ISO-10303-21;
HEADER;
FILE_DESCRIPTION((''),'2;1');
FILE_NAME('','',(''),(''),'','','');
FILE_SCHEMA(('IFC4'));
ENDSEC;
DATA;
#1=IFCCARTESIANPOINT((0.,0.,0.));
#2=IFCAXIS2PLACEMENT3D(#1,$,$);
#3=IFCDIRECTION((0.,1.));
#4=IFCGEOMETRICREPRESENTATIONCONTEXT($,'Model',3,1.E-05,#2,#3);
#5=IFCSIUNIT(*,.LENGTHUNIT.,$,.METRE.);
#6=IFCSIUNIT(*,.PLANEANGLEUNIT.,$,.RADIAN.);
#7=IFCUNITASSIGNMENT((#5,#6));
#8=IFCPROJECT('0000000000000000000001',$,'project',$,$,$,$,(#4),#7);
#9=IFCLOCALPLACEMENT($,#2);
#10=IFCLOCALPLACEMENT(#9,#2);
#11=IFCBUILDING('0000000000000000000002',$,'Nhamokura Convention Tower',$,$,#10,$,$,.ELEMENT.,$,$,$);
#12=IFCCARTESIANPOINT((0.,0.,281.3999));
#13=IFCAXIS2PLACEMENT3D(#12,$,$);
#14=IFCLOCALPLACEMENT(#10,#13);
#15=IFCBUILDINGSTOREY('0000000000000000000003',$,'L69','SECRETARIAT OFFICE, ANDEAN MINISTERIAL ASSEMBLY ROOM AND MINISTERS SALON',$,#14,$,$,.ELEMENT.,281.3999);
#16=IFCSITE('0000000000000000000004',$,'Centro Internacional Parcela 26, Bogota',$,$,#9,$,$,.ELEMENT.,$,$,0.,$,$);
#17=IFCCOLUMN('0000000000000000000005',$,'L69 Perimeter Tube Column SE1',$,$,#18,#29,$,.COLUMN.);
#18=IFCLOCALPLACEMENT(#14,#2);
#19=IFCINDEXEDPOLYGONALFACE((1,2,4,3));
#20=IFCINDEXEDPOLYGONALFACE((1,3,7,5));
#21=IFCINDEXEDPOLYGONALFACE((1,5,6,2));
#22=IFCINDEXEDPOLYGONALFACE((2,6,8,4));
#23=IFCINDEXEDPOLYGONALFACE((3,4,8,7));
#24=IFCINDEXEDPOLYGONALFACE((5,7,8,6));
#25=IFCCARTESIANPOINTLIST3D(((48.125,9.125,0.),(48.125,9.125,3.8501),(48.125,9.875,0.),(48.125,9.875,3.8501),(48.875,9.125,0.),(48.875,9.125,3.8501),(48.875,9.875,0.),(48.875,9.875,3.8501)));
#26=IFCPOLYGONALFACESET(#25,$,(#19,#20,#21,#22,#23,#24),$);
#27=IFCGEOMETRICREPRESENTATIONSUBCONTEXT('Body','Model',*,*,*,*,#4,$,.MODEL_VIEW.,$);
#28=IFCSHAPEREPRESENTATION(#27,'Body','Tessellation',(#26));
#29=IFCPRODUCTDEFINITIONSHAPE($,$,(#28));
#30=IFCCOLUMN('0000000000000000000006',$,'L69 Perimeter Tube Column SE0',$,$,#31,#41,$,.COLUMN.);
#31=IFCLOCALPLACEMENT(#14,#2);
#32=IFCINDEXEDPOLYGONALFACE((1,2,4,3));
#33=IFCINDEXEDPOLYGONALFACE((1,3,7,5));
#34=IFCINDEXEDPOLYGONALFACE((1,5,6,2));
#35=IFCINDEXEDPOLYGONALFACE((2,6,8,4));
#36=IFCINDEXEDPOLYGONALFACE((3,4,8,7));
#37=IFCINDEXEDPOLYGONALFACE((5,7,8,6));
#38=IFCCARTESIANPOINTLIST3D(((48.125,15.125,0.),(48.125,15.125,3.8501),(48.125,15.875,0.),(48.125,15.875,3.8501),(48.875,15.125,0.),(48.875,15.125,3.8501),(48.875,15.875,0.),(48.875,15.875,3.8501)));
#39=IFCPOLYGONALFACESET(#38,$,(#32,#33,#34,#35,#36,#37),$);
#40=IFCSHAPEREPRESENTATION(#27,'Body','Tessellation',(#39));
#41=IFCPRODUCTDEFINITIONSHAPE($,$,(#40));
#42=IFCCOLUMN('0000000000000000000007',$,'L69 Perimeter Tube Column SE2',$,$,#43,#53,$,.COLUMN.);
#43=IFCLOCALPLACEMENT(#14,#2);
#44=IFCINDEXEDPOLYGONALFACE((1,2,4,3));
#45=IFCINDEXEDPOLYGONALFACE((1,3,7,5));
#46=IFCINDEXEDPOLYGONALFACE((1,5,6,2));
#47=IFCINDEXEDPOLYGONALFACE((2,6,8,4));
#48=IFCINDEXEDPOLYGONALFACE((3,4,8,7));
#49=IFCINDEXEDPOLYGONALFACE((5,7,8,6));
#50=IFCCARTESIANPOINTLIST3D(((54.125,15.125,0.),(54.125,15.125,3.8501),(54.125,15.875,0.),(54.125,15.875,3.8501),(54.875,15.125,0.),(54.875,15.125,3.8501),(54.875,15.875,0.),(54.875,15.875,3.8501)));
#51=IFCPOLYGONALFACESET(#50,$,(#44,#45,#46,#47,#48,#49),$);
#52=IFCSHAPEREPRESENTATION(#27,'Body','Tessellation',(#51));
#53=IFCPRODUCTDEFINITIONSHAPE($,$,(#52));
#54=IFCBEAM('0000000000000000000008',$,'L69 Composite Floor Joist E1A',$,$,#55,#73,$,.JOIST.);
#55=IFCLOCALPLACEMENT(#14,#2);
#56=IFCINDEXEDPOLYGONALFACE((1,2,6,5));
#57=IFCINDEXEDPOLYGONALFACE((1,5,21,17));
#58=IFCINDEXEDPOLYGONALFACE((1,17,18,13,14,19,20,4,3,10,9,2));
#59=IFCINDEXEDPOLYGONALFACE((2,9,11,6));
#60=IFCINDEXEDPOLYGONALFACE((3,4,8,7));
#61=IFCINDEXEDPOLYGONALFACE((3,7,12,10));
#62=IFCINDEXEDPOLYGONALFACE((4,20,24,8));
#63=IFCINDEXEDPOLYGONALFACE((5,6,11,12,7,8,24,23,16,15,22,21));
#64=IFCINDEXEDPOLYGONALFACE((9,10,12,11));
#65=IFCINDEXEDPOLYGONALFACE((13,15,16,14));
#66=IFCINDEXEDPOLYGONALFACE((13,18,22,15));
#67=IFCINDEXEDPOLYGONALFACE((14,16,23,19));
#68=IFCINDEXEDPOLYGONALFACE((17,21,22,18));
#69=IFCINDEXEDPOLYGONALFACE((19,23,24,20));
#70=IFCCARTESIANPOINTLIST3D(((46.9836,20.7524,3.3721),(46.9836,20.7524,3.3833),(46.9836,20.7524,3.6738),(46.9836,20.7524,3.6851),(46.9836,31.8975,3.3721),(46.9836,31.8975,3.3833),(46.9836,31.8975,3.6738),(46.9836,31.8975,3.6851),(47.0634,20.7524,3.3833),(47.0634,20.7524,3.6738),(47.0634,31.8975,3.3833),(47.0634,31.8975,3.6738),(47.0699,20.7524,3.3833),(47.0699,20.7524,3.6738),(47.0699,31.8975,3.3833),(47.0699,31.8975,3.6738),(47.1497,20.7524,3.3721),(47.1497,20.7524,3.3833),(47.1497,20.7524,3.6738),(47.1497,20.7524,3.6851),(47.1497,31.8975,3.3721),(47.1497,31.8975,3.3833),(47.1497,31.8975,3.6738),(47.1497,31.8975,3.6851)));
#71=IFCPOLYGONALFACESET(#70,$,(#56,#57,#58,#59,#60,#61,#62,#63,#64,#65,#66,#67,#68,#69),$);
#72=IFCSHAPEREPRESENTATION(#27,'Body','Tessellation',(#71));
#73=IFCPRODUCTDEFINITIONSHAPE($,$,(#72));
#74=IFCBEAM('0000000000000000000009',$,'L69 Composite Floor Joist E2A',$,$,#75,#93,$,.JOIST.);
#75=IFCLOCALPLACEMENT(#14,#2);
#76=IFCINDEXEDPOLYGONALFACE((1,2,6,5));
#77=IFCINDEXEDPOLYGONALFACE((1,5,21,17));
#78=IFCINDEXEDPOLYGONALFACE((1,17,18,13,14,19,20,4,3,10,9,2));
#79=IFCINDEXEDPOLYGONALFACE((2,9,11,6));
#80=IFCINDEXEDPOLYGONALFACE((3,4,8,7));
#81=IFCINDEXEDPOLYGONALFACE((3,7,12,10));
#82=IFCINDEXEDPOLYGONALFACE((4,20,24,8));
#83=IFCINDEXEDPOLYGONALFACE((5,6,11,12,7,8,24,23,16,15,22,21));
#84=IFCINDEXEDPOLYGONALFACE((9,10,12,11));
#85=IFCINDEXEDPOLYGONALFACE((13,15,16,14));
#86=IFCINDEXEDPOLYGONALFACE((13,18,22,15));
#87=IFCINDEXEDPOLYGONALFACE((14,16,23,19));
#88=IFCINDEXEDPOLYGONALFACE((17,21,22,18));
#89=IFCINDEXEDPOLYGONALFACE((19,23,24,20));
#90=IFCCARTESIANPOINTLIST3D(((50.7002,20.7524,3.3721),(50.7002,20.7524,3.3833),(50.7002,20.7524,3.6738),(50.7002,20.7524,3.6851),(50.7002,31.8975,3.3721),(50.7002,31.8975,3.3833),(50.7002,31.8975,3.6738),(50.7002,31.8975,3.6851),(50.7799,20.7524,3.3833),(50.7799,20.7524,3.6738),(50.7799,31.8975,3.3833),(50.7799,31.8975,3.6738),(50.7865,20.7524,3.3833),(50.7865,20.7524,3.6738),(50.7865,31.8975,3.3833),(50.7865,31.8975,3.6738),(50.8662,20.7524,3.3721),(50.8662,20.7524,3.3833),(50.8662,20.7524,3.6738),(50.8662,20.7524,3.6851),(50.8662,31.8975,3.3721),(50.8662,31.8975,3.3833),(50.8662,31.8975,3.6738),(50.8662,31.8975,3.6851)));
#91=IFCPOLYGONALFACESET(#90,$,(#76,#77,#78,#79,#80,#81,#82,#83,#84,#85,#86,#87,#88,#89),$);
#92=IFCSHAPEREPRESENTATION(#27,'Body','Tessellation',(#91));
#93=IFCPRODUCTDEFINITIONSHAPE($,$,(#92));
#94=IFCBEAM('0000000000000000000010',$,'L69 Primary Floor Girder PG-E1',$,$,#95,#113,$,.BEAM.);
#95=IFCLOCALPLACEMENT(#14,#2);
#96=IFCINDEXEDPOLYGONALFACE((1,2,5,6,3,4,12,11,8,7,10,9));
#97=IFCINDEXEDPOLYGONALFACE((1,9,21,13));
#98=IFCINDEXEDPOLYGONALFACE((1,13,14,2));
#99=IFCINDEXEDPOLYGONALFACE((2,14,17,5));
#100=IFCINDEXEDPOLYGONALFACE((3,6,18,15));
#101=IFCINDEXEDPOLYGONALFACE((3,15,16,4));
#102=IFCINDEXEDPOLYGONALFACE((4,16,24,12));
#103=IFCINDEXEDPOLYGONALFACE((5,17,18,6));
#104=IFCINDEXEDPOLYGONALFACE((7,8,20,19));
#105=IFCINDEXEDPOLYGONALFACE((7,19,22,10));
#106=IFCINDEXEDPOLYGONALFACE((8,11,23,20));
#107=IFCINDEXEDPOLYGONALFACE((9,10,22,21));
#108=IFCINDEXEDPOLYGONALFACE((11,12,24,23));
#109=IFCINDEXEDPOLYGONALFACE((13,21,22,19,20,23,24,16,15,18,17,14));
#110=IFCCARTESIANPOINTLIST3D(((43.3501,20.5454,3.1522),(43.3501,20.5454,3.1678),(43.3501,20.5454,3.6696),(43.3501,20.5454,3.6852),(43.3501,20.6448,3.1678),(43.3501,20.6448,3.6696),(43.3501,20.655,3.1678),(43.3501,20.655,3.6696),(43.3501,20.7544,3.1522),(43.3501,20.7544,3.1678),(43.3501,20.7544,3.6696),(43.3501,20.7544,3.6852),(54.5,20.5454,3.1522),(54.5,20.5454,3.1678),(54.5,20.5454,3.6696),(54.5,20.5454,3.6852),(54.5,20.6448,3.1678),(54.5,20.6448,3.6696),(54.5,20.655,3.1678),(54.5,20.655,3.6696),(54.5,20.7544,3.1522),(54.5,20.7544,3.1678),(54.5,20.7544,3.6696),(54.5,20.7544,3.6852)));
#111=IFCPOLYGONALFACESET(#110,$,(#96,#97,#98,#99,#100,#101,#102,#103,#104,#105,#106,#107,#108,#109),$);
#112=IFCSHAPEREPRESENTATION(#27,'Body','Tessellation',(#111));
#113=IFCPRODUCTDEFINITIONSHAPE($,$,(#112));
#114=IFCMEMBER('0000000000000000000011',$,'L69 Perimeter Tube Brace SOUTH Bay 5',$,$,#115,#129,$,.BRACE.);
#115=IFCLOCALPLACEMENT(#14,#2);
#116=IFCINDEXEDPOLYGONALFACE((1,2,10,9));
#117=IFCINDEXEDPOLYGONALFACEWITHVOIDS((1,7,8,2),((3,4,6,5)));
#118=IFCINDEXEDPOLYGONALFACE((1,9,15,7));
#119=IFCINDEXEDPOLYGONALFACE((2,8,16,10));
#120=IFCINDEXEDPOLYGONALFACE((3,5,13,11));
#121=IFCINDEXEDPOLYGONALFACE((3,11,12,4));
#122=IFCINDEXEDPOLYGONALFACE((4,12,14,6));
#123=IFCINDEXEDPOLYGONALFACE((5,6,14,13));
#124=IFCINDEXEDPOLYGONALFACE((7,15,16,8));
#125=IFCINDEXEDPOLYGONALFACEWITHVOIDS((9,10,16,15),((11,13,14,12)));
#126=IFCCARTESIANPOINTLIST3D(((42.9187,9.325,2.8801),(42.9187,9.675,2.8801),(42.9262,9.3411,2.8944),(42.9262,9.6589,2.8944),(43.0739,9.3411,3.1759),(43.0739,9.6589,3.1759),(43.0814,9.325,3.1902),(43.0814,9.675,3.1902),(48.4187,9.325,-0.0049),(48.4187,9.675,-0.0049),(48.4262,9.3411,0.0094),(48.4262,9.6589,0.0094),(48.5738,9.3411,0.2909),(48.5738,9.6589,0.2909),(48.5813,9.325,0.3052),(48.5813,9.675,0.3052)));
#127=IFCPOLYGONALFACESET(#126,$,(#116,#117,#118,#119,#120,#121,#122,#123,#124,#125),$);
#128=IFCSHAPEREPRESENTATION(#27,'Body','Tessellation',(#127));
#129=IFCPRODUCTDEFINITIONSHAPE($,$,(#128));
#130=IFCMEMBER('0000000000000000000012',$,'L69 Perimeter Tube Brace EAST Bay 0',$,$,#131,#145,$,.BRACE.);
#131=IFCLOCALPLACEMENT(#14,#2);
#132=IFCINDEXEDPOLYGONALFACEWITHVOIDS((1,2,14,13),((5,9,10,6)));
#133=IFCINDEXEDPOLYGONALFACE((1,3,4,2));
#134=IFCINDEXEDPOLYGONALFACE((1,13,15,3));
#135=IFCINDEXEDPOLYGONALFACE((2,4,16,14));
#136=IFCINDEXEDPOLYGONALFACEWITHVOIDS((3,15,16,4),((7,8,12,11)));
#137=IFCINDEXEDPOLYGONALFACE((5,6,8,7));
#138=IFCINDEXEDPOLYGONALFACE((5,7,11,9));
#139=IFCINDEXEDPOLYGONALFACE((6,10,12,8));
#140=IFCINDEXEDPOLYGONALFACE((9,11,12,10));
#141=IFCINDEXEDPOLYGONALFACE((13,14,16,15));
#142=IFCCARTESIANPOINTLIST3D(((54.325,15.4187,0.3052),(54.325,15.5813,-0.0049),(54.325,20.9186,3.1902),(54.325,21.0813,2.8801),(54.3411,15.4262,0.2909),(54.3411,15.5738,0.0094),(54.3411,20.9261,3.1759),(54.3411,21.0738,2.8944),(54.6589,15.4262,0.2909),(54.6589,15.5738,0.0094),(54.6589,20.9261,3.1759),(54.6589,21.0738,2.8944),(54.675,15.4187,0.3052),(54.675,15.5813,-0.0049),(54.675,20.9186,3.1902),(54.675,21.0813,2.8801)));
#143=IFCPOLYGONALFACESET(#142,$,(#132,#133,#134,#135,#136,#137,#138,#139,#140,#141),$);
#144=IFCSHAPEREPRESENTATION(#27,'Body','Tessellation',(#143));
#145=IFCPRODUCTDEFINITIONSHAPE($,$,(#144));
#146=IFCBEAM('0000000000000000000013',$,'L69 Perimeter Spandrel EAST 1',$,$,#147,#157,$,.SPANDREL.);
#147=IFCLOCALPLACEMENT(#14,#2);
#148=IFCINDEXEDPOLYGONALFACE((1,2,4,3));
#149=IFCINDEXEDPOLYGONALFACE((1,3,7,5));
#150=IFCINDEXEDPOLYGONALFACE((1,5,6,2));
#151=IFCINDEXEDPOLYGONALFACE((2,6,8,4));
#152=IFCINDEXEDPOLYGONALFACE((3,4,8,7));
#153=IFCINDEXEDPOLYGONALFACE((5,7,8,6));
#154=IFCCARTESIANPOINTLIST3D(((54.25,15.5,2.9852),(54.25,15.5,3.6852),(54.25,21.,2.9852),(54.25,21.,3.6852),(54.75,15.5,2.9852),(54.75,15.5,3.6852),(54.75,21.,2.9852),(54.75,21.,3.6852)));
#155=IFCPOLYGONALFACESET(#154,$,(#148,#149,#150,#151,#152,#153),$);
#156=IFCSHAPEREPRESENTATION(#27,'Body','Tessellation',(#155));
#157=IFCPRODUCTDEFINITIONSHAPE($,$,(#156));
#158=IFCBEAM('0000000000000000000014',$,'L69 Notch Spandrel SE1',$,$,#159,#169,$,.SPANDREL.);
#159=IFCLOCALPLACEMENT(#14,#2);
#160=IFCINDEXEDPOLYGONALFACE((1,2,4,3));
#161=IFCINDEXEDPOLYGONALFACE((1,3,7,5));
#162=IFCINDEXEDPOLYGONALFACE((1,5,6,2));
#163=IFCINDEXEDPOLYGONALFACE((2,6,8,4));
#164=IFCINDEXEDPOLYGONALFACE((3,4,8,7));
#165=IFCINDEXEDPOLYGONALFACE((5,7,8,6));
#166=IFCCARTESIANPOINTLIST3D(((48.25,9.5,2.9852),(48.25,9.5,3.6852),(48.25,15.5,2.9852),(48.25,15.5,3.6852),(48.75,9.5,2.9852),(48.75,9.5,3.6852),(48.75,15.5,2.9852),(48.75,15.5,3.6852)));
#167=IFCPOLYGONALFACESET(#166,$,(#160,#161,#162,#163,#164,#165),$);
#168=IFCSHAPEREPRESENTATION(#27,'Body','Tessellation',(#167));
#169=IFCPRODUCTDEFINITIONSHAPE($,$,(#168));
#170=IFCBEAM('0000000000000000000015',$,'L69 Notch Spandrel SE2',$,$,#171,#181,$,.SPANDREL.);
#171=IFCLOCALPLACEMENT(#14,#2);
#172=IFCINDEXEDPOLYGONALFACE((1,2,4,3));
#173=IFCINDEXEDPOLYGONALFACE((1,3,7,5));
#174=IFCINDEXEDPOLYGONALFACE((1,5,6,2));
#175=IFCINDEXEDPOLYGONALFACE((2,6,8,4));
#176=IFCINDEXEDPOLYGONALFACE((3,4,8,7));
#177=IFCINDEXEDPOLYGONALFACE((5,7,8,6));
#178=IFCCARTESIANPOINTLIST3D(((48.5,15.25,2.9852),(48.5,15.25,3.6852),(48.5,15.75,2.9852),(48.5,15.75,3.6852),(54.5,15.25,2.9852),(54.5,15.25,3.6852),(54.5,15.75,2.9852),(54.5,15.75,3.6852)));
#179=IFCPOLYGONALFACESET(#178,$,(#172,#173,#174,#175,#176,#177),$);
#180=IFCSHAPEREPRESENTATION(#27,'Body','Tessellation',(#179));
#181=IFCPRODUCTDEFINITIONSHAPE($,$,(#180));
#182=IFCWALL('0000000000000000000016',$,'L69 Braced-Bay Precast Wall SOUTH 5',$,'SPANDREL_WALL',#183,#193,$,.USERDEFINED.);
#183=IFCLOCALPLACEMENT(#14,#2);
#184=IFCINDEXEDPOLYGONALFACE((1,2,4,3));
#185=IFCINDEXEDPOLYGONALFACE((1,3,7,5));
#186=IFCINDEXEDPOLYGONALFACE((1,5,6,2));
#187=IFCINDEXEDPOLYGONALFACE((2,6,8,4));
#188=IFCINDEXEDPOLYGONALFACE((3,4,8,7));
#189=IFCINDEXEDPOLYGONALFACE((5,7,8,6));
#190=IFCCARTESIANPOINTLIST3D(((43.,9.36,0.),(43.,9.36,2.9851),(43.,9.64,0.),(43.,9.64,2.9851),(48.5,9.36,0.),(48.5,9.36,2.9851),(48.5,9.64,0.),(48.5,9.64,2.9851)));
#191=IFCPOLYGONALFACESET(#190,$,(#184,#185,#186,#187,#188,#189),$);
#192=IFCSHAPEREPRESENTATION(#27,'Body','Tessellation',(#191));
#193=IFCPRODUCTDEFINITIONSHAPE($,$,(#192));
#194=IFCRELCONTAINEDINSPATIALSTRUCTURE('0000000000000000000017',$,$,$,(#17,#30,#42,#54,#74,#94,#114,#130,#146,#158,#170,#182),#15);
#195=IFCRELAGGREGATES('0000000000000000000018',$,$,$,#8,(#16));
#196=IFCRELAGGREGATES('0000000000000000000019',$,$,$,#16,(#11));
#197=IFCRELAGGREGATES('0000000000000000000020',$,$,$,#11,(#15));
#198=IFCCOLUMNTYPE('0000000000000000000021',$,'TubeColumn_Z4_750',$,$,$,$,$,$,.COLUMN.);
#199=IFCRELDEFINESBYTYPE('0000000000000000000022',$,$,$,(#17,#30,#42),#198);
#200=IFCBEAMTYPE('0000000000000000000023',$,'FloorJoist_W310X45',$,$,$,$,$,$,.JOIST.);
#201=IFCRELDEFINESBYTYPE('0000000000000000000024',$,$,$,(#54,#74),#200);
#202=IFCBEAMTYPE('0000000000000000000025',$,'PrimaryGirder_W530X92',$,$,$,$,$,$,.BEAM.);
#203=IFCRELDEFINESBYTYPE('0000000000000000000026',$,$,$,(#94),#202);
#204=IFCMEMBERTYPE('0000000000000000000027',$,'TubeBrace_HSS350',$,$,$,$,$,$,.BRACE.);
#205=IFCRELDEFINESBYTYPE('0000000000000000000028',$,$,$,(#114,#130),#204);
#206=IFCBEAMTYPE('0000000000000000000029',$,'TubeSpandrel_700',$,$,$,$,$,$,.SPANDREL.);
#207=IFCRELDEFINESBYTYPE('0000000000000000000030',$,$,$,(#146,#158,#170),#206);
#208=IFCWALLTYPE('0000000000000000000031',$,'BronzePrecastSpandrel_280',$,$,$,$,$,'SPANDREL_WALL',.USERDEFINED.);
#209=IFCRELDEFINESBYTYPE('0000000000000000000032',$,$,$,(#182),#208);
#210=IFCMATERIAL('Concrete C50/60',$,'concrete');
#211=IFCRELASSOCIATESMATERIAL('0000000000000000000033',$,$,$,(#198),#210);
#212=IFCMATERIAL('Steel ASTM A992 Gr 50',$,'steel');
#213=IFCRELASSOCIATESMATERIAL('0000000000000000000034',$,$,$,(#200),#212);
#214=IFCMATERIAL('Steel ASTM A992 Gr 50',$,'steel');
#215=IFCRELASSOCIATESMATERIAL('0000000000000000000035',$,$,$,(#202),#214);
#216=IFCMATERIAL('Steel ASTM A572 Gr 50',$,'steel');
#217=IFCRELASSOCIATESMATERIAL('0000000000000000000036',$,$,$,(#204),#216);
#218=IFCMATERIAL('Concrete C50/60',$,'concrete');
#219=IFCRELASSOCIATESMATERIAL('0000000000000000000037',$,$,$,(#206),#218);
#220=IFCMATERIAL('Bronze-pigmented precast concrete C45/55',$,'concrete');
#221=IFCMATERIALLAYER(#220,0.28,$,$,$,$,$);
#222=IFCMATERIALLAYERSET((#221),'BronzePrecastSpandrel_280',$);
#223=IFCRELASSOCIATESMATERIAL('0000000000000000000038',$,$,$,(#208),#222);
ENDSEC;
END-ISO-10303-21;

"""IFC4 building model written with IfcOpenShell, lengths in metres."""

from ifc_helpers import new_model, si_unit, direction, frame, frame_2d, origin, origin_2d, place, context, subcontext, project, spatial, rectangle, hollow_rectangle, i_section, extrude, material, layer, layer_set, material_profile, profile_set, type_object, element, save


model = new_model("IFC4")

# Units and contexts
model_context = context("Model", 3, precision=1e-05, world=origin(), true_north=direction((0.0, 1.0)))
body_context = subcontext(model_context, "Body", "Model", "MODEL_VIEW")
ifc_project = project(units=[si_unit("LENGTHUNIT", "METRE"), si_unit("PLANEANGLEUNIT", "RADIAN")], contexts=[model_context])

# Site, building, storey
site_placement = place(None, origin())
site = spatial("IfcSite", under=ifc_project, at=site_placement, Name="Centro Internacional Parcela 26, Bogota", CompositionType="ELEMENT", RefElevation=0.0)
building_placement = place(site_placement, origin())
building = spatial("IfcBuilding", under=site, at=building_placement, Name="Nhamokura Convention Tower", CompositionType="ELEMENT")
storey_placement = place(building_placement, frame((0.0, 0.0, 281.3999)))
storey = spatial("IfcBuildingStorey", under=building, at=storey_placement, Name="L69", Description="SECRETARIAT OFFICE, ANDEAN MINISTERIAL ASSEMBLY ROOM AND MINISTERS SALON", CompositionType="ELEMENT", Elevation=281.3999)

# Columns
ifc_material_1 = material(Name="Concrete C50/60", Category="concrete")
ifc_material_profile_1 = material_profile(ifc_material_1, rectangle(XDim=0.75, YDim=0.75, at=origin_2d()))
ifc_profile_set_1 = profile_set([ifc_material_profile_1], Name="Concrete C50/60")
column_type = type_object("IfcColumnType", Name="TubeColumn_Z4_750", PredefinedType="COLUMN", material=ifc_profile_set_1)
for number, where, z_axis, x_axis, name in (
    (1, (48.5, 9.5, 0.0), (0.0, 0.0, 1.0), (1.0, 0.0, 0.0), "L69 Perimeter Tube Column SE1"),
    (2, (48.5, 15.5, 0.0), (0.0, 0.0, 1.0), (1.0, 0.0, 0.0), "L69 Perimeter Tube Column SE0"),
    (3, (54.5, 15.5, 0.0), (0.0, 0.0, 1.0), (1.0, 0.0, 0.0), "L69 Perimeter Tube Column SE2"),
):
    element("IfcColumn", number, at=place(storey_placement, frame(where, z_axis=z_axis, x_axis=x_axis)), inside=storey, type_object=column_type, Name=name, PredefinedType="COLUMN", context=body_context, shape_type="SweptSolid", body=[
        extrude(rectangle(XDim=0.75, YDim=0.75, at=origin_2d()), origin(), (0.0, 0.0, 1.0), 3.8501),
    ])

# Beams
ifc_material_2 = material(Name="Steel ASTM A992 Gr 50", Category="steel")
ifc_material_profile_2 = material_profile(ifc_material_2, i_section(OverallWidth=0.166, OverallDepth=0.313, WebThickness=0.0066, FlangeThickness=0.0112, at=origin_2d()))
ifc_profile_set_2 = profile_set([ifc_material_profile_2], Name="Steel ASTM A992 Gr 50")
beam_type_1 = type_object("IfcBeamType", Name="FloorJoist_W310X45", PredefinedType="JOIST", material=ifc_profile_set_2)
for number, where, z_axis, x_axis, name in (
    (4, (47.0667, 20.7524, 3.5286), (0.0, 1.0, 0.0), (-1.0, 0.0, 0.0), "L69 Composite Floor Joist E1A"),
    (5, (50.7832, 20.7524, 3.5286), (0.0, 1.0, 0.0), (-1.0, 0.0, 0.0), "L69 Composite Floor Joist E2A"),
):
    element("IfcBeam", number, at=place(storey_placement, frame(where, z_axis=z_axis, x_axis=x_axis)), inside=storey, type_object=beam_type_1, Name=name, PredefinedType="JOIST", context=body_context, shape_type="SweptSolid", body=[
        extrude(i_section(OverallWidth=0.166, OverallDepth=0.313, WebThickness=0.0066, FlangeThickness=0.0112, at=origin_2d()), origin(), (0.0, 0.0, 1.0), 11.145),
    ])
ifc_material_3 = material(Name="Steel ASTM A992 Gr 50", Category="steel")
ifc_material_profile_3 = material_profile(ifc_material_3, i_section(OverallWidth=0.209, OverallDepth=0.533, WebThickness=0.0103, FlangeThickness=0.0156, at=origin_2d()))
ifc_profile_set_3 = profile_set([ifc_material_profile_3], Name="Steel ASTM A992 Gr 50")
beam_type_2 = type_object("IfcBeamType", Name="PrimaryGirder_W530X92", PredefinedType="BEAM", material=ifc_profile_set_3)
beam_1_placement = place(storey_placement, frame((43.3501, 20.6499, 3.4187), z_axis=(1.0, 0.0, 0.0), x_axis=(0.0, 1.0, 0.0)))
element("IfcBeam", 6, at=beam_1_placement, inside=storey, type_object=beam_type_2, Name="L69 Primary Floor Girder PG-E1", PredefinedType="BEAM", context=body_context, shape_type="SweptSolid", body=[
    extrude(i_section(OverallWidth=0.209, OverallDepth=0.533, WebThickness=0.0103, FlangeThickness=0.0156, at=origin_2d()), origin(), (0.0, 0.0, 1.0), 11.1499),
])

# Members
ifc_material_4 = material(Name="Steel ASTM A572 Gr 50", Category="steel")
ifc_material_profile_4 = material_profile(ifc_material_4, hollow_rectangle(XDim=0.3501, YDim=0.3501, WallThickness=0.0161, at=origin_2d()))
ifc_profile_set_4 = profile_set([ifc_material_profile_4], Name="Steel ASTM A572 Gr 50")
member_type = type_object("IfcMemberType", Name="TubeBrace_HSS350", PredefinedType="BRACE", material=ifc_profile_set_4)
for number, where, z_axis, x_axis, name in (
    (7, (48.5, 9.5, 0.1501), (-0.885563, 0.0, 0.46452), (0.0, -1.0, 0.0), "L69 Perimeter Tube Brace SOUTH Bay 5"),
    (8, (54.5, 15.5, 0.1501), (0.0, 0.885563, 0.46452), (-1.0, 0.0, 0.0), "L69 Perimeter Tube Brace EAST Bay 0"),
):
    element("IfcMember", number, at=place(storey_placement, frame(where, z_axis=z_axis, x_axis=x_axis)), inside=storey, type_object=member_type, Name=name, PredefinedType="BRACE", context=body_context, shape_type="SweptSolid", body=[
        extrude(hollow_rectangle(XDim=0.3501, YDim=0.3501, WallThickness=0.0161, at=origin_2d()), origin(), (0.0, 0.0, 1.0), 6.2107),
    ])

# Beams
ifc_material_5 = material(Name="Concrete C50/60", Category="concrete")
ifc_material_profile_5 = material_profile(ifc_material_5, rectangle(XDim=0.5, YDim=0.7, at=origin_2d()))
ifc_profile_set_5 = profile_set([ifc_material_profile_5], Name="Concrete C50/60")
beam_type_3 = type_object("IfcBeamType", Name="TubeSpandrel_700", PredefinedType="SPANDREL", material=ifc_profile_set_5)
beam_2_placement = place(storey_placement, frame((54.5, 15.5, 3.3352), z_axis=(0.0, 1.0, 0.0), x_axis=(-1.0, 0.0, 0.0)))
element("IfcBeam", 9, at=beam_2_placement, inside=storey, type_object=beam_type_3, Name="L69 Perimeter Spandrel EAST 1", PredefinedType="SPANDREL", context=body_context, shape_type="SweptSolid", body=[
    extrude(rectangle(XDim=0.5, YDim=0.7, at=origin_2d()), origin(), (0.0, 0.0, 1.0), 5.5),
])
for number, where, z_axis, x_axis, name in (
    (10, (48.5, 9.5, 3.3352), (0.0, 1.0, 0.0), (-1.0, 0.0, 0.0), "L69 Notch Spandrel SE1"),
    (11, (48.5, 15.5, 3.3352), (1.0, 0.0, 0.0), (0.0, 1.0, 0.0), "L69 Notch Spandrel SE2"),
):
    element("IfcBeam", number, at=place(storey_placement, frame(where, z_axis=z_axis, x_axis=x_axis)), inside=storey, type_object=beam_type_3, Name=name, PredefinedType="SPANDREL", context=body_context, shape_type="SweptSolid", body=[
        extrude(rectangle(XDim=0.5, YDim=0.7, at=origin_2d()), origin(), (0.0, 0.0, 1.0), 6.0),
    ])

# Wall
ifc_material_6 = material(Name="Bronze-pigmented precast concrete C45/55", Category="concrete")
ifc_layer_1 = layer(ifc_material_6, 0.28)
ifc_layer_set_1 = layer_set([ifc_layer_1], Name="BronzePrecastSpandrel_280")
wall_type_1 = type_object("IfcWallType", Name="BronzePrecastSpandrel_280", ElementType="SPANDREL_WALL", PredefinedType="USERDEFINED", material=ifc_layer_set_1)
wall_1_placement = place(storey_placement, frame((48.5, 9.5, 0.0), z_axis=(0.0, 0.0, 1.0), x_axis=(-1.0, 0.0, 0.0)))
element("IfcWall", 12, at=wall_1_placement, inside=storey, type_object=wall_type_1, Name="L69 Braced-Bay Precast Wall SOUTH 5", ObjectType="SPANDREL_WALL", PredefinedType="USERDEFINED", context=body_context, shape_type="SweptSolid", body=[
    extrude(rectangle(XDim=5.5, YDim=0.28, at=frame_2d((2.75, 0.0))), origin(), (0.0, 0.0, 1.0), 2.9851),
])

save(model, "model.ifc")
